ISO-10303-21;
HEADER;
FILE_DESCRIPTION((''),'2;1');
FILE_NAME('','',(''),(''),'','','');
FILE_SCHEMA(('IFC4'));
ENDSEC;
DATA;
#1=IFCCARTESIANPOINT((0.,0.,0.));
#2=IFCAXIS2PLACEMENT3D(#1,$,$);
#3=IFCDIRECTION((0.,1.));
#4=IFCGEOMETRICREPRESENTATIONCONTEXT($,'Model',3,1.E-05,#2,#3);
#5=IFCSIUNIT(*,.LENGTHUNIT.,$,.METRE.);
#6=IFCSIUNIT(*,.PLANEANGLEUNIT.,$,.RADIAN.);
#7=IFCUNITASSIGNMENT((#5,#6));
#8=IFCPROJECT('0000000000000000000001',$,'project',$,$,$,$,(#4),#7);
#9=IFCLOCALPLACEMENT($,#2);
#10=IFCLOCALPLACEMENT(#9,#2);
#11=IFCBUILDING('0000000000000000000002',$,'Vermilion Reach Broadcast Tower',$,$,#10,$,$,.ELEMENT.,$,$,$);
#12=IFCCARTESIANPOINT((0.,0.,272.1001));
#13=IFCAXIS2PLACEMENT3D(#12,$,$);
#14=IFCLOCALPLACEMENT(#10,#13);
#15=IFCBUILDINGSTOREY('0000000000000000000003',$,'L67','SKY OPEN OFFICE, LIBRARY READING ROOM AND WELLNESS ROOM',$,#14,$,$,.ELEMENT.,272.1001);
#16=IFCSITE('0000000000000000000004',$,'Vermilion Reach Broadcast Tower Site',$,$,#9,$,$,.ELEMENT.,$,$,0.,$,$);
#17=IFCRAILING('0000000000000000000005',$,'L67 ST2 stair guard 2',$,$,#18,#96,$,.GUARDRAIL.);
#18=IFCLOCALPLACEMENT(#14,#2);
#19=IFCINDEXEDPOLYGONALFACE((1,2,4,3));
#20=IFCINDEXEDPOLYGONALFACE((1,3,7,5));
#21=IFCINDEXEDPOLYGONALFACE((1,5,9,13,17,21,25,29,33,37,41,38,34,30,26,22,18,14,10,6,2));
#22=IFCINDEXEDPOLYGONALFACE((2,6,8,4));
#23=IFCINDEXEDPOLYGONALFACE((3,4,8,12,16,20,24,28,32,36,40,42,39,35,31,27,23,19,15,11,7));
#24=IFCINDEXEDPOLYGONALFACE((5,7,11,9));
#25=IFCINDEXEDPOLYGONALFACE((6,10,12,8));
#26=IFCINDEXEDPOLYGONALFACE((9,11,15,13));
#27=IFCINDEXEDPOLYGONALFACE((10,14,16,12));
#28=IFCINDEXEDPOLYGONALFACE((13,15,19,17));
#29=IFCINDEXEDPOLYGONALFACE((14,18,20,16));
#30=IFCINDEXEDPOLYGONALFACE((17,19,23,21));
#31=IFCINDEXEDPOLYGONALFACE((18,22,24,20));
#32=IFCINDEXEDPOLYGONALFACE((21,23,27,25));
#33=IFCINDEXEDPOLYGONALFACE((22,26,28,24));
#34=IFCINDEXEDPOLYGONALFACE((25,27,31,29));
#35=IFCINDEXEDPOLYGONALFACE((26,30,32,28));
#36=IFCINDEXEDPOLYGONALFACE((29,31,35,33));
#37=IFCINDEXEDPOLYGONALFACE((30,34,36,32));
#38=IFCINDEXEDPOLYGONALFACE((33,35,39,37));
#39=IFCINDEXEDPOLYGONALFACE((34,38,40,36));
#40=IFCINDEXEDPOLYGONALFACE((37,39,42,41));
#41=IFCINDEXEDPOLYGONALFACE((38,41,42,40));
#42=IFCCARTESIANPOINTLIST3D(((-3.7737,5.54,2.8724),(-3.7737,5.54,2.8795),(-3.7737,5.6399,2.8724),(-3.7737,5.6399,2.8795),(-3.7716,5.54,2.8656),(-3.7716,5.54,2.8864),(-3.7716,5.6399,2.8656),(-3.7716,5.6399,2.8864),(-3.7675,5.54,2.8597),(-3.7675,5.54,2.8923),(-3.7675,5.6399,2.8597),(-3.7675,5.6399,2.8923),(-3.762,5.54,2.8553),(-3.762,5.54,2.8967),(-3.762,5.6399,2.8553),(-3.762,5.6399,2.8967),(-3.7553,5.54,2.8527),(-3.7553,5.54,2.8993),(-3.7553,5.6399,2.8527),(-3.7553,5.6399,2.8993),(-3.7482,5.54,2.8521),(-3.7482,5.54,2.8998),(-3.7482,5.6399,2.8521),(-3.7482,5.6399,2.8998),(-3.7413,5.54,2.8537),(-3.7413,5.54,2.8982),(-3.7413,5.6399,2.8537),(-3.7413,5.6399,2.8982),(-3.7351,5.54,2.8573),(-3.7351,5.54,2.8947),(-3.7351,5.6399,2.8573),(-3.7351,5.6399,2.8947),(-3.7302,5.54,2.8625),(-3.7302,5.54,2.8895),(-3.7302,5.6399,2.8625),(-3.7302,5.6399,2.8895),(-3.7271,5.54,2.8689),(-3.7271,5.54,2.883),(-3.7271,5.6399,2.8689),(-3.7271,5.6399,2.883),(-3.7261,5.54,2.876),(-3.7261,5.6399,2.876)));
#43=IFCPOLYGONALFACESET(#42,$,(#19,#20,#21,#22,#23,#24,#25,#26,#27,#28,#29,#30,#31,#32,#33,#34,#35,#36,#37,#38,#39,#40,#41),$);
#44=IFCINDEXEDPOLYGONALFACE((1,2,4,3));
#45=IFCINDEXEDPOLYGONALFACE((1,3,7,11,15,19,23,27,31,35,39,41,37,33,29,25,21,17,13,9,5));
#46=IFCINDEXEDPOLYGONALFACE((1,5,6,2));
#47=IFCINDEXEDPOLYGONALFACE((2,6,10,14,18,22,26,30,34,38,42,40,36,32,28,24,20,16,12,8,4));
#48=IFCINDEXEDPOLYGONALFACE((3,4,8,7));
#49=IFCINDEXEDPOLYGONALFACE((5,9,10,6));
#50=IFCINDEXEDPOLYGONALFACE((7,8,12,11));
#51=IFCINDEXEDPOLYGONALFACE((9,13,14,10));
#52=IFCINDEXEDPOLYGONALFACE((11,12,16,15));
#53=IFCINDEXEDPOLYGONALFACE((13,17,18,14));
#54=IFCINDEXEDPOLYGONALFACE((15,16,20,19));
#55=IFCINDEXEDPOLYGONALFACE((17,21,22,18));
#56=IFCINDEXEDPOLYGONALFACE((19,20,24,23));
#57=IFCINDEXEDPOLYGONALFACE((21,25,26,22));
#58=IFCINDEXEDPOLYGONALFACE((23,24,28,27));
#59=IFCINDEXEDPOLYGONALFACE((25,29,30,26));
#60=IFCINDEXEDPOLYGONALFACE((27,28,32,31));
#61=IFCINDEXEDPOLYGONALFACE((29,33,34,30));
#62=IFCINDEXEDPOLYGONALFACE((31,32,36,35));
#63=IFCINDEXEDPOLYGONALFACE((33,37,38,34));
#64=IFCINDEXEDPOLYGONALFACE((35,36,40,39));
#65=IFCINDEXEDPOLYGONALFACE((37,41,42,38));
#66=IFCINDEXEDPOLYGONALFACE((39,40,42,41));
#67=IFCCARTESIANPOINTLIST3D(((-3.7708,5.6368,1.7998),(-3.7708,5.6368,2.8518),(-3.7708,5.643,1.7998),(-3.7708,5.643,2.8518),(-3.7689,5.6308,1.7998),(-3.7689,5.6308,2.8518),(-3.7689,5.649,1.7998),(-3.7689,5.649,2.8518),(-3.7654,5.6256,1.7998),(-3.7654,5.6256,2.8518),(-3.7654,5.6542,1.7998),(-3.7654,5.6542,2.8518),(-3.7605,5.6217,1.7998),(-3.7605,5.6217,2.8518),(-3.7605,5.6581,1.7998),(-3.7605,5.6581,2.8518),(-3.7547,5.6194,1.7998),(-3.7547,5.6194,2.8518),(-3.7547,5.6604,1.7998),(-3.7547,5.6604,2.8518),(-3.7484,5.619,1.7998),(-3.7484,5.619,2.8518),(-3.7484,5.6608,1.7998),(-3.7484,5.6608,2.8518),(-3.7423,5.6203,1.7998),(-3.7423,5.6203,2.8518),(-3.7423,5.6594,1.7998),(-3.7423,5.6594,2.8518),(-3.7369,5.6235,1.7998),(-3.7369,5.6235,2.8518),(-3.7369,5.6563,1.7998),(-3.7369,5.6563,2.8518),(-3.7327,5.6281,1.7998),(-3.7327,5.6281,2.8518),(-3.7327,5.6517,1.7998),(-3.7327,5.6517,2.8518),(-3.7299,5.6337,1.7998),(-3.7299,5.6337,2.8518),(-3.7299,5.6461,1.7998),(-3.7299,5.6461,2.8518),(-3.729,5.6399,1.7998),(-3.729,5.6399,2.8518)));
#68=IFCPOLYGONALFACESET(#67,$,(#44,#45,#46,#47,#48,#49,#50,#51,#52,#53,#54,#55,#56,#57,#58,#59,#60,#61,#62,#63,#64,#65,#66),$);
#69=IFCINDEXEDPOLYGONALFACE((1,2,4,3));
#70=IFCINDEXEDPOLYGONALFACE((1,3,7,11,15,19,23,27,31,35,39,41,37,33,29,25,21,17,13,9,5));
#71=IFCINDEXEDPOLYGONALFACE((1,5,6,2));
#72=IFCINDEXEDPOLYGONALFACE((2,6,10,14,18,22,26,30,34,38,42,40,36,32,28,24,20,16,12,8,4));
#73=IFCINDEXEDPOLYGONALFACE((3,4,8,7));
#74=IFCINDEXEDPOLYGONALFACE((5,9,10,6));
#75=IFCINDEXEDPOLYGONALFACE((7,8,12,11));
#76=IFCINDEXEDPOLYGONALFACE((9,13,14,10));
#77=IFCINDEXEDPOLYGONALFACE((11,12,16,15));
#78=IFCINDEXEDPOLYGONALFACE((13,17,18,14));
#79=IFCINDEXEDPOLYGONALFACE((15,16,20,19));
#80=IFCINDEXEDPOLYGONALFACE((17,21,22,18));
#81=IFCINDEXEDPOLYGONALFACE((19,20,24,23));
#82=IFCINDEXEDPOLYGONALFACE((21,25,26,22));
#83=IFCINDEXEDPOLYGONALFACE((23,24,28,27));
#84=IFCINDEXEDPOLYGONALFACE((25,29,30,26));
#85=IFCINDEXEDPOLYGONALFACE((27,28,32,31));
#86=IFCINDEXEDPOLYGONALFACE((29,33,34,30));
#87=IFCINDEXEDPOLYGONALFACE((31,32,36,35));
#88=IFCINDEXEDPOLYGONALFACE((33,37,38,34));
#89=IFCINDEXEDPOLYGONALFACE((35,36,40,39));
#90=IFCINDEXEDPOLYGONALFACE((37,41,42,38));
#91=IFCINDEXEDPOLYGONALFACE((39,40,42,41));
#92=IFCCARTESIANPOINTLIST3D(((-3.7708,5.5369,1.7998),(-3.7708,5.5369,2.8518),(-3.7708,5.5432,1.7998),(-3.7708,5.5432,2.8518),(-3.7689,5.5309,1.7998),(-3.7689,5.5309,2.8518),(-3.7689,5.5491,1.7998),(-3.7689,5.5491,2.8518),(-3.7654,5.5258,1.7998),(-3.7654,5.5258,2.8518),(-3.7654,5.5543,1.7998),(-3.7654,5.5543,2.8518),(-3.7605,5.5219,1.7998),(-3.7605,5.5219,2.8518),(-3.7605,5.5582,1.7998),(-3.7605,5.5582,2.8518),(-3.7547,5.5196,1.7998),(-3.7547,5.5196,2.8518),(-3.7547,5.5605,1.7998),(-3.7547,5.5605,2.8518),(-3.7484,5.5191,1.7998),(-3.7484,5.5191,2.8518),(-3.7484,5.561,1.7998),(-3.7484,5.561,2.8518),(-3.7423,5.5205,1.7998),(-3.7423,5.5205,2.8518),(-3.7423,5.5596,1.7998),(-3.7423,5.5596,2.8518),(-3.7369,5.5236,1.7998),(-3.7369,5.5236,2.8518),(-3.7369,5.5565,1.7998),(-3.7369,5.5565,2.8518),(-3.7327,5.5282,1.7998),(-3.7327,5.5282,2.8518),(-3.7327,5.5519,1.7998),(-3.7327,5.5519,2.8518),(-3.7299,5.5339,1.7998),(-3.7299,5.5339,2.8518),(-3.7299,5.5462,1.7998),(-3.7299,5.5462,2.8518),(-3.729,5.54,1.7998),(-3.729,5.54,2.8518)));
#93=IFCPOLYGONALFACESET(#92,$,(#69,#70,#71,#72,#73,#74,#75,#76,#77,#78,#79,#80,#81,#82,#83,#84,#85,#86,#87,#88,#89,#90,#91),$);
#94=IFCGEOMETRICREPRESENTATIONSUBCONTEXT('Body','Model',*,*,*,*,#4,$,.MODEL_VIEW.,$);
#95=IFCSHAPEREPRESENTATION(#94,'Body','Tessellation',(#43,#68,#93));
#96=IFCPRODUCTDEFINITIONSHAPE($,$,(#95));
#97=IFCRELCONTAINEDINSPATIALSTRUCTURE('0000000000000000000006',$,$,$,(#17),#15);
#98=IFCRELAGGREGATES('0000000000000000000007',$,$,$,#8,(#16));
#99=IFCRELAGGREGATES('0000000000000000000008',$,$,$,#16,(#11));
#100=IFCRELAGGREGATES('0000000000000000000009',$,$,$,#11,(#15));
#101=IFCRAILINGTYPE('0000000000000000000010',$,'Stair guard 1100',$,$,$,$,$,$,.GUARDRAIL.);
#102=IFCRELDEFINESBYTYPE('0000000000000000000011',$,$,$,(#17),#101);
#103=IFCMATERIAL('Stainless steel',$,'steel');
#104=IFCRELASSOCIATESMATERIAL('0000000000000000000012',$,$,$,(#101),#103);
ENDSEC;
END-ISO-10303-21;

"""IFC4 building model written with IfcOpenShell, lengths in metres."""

from ifc_helpers import new_model, si_unit, direction, frame, origin, origin_2d, place, context, subcontext, project, spatial, circle, extrude, material, type_object, element, save


model = new_model("IFC4")

# Units and contexts
model_context = context("Model", 3, precision=1e-05, world=origin(), true_north=direction((0.0, 1.0)))
body_context = subcontext(model_context, "Body", "Model", "MODEL_VIEW")
ifc_project = project(units=[si_unit("LENGTHUNIT", "METRE"), si_unit("PLANEANGLEUNIT", "RADIAN")], contexts=[model_context])

# Site, building, storey
site_placement = place(None, origin())
site = spatial("IfcSite", under=ifc_project, at=site_placement, Name="Vermilion Reach Broadcast Tower Site", CompositionType="ELEMENT", RefElevation=0.0)
building_placement = place(site_placement, origin())
building = spatial("IfcBuilding", under=site, at=building_placement, Name="Vermilion Reach Broadcast Tower", CompositionType="ELEMENT")
storey_placement = place(building_placement, frame((0.0, 0.0, 272.1001)))
storey = spatial("IfcBuildingStorey", under=building, at=storey_placement, Name="L67", Description="SKY OPEN OFFICE, LIBRARY READING ROOM AND WELLNESS ROOM", CompositionType="ELEMENT", Elevation=272.1001)

# Railing
ifc_material_1 = material(Name="Stainless steel", Category="steel")
railing_type_1 = type_object("IfcRailingType", Name="Stair guard 1100", PredefinedType="GUARDRAIL", material=ifc_material_1)
railing_1_placement = place(storey_placement, frame((-3.75, 5.6399, 1.7998)))
element("IfcRailing", 1, at=railing_1_placement, inside=storey, type_object=railing_type_1, Name="L67 ST2 stair guard 2", PredefinedType="GUARDRAIL", context=body_context, shape_type="SweptSolid", body=[
    extrude(circle(Radius=0.0239, at=origin_2d()), frame((0.0, 0.0, 1.0762), z_axis=(0.0, -1.0, 0.0), x_axis=(1.0, 0.0, 0.0)), (0.0, 0.0, 1.0), 0.0999),
    extrude(circle(Radius=0.021, at=origin_2d()), origin(), (0.0, 0.0, 1.0), 1.052),
    extrude(circle(Radius=0.021, at=origin_2d()), frame((0.0, -0.0999, 0.0)), (0.0, 0.0, 1.0), 1.052),
])

save(model, "model.ifc")
